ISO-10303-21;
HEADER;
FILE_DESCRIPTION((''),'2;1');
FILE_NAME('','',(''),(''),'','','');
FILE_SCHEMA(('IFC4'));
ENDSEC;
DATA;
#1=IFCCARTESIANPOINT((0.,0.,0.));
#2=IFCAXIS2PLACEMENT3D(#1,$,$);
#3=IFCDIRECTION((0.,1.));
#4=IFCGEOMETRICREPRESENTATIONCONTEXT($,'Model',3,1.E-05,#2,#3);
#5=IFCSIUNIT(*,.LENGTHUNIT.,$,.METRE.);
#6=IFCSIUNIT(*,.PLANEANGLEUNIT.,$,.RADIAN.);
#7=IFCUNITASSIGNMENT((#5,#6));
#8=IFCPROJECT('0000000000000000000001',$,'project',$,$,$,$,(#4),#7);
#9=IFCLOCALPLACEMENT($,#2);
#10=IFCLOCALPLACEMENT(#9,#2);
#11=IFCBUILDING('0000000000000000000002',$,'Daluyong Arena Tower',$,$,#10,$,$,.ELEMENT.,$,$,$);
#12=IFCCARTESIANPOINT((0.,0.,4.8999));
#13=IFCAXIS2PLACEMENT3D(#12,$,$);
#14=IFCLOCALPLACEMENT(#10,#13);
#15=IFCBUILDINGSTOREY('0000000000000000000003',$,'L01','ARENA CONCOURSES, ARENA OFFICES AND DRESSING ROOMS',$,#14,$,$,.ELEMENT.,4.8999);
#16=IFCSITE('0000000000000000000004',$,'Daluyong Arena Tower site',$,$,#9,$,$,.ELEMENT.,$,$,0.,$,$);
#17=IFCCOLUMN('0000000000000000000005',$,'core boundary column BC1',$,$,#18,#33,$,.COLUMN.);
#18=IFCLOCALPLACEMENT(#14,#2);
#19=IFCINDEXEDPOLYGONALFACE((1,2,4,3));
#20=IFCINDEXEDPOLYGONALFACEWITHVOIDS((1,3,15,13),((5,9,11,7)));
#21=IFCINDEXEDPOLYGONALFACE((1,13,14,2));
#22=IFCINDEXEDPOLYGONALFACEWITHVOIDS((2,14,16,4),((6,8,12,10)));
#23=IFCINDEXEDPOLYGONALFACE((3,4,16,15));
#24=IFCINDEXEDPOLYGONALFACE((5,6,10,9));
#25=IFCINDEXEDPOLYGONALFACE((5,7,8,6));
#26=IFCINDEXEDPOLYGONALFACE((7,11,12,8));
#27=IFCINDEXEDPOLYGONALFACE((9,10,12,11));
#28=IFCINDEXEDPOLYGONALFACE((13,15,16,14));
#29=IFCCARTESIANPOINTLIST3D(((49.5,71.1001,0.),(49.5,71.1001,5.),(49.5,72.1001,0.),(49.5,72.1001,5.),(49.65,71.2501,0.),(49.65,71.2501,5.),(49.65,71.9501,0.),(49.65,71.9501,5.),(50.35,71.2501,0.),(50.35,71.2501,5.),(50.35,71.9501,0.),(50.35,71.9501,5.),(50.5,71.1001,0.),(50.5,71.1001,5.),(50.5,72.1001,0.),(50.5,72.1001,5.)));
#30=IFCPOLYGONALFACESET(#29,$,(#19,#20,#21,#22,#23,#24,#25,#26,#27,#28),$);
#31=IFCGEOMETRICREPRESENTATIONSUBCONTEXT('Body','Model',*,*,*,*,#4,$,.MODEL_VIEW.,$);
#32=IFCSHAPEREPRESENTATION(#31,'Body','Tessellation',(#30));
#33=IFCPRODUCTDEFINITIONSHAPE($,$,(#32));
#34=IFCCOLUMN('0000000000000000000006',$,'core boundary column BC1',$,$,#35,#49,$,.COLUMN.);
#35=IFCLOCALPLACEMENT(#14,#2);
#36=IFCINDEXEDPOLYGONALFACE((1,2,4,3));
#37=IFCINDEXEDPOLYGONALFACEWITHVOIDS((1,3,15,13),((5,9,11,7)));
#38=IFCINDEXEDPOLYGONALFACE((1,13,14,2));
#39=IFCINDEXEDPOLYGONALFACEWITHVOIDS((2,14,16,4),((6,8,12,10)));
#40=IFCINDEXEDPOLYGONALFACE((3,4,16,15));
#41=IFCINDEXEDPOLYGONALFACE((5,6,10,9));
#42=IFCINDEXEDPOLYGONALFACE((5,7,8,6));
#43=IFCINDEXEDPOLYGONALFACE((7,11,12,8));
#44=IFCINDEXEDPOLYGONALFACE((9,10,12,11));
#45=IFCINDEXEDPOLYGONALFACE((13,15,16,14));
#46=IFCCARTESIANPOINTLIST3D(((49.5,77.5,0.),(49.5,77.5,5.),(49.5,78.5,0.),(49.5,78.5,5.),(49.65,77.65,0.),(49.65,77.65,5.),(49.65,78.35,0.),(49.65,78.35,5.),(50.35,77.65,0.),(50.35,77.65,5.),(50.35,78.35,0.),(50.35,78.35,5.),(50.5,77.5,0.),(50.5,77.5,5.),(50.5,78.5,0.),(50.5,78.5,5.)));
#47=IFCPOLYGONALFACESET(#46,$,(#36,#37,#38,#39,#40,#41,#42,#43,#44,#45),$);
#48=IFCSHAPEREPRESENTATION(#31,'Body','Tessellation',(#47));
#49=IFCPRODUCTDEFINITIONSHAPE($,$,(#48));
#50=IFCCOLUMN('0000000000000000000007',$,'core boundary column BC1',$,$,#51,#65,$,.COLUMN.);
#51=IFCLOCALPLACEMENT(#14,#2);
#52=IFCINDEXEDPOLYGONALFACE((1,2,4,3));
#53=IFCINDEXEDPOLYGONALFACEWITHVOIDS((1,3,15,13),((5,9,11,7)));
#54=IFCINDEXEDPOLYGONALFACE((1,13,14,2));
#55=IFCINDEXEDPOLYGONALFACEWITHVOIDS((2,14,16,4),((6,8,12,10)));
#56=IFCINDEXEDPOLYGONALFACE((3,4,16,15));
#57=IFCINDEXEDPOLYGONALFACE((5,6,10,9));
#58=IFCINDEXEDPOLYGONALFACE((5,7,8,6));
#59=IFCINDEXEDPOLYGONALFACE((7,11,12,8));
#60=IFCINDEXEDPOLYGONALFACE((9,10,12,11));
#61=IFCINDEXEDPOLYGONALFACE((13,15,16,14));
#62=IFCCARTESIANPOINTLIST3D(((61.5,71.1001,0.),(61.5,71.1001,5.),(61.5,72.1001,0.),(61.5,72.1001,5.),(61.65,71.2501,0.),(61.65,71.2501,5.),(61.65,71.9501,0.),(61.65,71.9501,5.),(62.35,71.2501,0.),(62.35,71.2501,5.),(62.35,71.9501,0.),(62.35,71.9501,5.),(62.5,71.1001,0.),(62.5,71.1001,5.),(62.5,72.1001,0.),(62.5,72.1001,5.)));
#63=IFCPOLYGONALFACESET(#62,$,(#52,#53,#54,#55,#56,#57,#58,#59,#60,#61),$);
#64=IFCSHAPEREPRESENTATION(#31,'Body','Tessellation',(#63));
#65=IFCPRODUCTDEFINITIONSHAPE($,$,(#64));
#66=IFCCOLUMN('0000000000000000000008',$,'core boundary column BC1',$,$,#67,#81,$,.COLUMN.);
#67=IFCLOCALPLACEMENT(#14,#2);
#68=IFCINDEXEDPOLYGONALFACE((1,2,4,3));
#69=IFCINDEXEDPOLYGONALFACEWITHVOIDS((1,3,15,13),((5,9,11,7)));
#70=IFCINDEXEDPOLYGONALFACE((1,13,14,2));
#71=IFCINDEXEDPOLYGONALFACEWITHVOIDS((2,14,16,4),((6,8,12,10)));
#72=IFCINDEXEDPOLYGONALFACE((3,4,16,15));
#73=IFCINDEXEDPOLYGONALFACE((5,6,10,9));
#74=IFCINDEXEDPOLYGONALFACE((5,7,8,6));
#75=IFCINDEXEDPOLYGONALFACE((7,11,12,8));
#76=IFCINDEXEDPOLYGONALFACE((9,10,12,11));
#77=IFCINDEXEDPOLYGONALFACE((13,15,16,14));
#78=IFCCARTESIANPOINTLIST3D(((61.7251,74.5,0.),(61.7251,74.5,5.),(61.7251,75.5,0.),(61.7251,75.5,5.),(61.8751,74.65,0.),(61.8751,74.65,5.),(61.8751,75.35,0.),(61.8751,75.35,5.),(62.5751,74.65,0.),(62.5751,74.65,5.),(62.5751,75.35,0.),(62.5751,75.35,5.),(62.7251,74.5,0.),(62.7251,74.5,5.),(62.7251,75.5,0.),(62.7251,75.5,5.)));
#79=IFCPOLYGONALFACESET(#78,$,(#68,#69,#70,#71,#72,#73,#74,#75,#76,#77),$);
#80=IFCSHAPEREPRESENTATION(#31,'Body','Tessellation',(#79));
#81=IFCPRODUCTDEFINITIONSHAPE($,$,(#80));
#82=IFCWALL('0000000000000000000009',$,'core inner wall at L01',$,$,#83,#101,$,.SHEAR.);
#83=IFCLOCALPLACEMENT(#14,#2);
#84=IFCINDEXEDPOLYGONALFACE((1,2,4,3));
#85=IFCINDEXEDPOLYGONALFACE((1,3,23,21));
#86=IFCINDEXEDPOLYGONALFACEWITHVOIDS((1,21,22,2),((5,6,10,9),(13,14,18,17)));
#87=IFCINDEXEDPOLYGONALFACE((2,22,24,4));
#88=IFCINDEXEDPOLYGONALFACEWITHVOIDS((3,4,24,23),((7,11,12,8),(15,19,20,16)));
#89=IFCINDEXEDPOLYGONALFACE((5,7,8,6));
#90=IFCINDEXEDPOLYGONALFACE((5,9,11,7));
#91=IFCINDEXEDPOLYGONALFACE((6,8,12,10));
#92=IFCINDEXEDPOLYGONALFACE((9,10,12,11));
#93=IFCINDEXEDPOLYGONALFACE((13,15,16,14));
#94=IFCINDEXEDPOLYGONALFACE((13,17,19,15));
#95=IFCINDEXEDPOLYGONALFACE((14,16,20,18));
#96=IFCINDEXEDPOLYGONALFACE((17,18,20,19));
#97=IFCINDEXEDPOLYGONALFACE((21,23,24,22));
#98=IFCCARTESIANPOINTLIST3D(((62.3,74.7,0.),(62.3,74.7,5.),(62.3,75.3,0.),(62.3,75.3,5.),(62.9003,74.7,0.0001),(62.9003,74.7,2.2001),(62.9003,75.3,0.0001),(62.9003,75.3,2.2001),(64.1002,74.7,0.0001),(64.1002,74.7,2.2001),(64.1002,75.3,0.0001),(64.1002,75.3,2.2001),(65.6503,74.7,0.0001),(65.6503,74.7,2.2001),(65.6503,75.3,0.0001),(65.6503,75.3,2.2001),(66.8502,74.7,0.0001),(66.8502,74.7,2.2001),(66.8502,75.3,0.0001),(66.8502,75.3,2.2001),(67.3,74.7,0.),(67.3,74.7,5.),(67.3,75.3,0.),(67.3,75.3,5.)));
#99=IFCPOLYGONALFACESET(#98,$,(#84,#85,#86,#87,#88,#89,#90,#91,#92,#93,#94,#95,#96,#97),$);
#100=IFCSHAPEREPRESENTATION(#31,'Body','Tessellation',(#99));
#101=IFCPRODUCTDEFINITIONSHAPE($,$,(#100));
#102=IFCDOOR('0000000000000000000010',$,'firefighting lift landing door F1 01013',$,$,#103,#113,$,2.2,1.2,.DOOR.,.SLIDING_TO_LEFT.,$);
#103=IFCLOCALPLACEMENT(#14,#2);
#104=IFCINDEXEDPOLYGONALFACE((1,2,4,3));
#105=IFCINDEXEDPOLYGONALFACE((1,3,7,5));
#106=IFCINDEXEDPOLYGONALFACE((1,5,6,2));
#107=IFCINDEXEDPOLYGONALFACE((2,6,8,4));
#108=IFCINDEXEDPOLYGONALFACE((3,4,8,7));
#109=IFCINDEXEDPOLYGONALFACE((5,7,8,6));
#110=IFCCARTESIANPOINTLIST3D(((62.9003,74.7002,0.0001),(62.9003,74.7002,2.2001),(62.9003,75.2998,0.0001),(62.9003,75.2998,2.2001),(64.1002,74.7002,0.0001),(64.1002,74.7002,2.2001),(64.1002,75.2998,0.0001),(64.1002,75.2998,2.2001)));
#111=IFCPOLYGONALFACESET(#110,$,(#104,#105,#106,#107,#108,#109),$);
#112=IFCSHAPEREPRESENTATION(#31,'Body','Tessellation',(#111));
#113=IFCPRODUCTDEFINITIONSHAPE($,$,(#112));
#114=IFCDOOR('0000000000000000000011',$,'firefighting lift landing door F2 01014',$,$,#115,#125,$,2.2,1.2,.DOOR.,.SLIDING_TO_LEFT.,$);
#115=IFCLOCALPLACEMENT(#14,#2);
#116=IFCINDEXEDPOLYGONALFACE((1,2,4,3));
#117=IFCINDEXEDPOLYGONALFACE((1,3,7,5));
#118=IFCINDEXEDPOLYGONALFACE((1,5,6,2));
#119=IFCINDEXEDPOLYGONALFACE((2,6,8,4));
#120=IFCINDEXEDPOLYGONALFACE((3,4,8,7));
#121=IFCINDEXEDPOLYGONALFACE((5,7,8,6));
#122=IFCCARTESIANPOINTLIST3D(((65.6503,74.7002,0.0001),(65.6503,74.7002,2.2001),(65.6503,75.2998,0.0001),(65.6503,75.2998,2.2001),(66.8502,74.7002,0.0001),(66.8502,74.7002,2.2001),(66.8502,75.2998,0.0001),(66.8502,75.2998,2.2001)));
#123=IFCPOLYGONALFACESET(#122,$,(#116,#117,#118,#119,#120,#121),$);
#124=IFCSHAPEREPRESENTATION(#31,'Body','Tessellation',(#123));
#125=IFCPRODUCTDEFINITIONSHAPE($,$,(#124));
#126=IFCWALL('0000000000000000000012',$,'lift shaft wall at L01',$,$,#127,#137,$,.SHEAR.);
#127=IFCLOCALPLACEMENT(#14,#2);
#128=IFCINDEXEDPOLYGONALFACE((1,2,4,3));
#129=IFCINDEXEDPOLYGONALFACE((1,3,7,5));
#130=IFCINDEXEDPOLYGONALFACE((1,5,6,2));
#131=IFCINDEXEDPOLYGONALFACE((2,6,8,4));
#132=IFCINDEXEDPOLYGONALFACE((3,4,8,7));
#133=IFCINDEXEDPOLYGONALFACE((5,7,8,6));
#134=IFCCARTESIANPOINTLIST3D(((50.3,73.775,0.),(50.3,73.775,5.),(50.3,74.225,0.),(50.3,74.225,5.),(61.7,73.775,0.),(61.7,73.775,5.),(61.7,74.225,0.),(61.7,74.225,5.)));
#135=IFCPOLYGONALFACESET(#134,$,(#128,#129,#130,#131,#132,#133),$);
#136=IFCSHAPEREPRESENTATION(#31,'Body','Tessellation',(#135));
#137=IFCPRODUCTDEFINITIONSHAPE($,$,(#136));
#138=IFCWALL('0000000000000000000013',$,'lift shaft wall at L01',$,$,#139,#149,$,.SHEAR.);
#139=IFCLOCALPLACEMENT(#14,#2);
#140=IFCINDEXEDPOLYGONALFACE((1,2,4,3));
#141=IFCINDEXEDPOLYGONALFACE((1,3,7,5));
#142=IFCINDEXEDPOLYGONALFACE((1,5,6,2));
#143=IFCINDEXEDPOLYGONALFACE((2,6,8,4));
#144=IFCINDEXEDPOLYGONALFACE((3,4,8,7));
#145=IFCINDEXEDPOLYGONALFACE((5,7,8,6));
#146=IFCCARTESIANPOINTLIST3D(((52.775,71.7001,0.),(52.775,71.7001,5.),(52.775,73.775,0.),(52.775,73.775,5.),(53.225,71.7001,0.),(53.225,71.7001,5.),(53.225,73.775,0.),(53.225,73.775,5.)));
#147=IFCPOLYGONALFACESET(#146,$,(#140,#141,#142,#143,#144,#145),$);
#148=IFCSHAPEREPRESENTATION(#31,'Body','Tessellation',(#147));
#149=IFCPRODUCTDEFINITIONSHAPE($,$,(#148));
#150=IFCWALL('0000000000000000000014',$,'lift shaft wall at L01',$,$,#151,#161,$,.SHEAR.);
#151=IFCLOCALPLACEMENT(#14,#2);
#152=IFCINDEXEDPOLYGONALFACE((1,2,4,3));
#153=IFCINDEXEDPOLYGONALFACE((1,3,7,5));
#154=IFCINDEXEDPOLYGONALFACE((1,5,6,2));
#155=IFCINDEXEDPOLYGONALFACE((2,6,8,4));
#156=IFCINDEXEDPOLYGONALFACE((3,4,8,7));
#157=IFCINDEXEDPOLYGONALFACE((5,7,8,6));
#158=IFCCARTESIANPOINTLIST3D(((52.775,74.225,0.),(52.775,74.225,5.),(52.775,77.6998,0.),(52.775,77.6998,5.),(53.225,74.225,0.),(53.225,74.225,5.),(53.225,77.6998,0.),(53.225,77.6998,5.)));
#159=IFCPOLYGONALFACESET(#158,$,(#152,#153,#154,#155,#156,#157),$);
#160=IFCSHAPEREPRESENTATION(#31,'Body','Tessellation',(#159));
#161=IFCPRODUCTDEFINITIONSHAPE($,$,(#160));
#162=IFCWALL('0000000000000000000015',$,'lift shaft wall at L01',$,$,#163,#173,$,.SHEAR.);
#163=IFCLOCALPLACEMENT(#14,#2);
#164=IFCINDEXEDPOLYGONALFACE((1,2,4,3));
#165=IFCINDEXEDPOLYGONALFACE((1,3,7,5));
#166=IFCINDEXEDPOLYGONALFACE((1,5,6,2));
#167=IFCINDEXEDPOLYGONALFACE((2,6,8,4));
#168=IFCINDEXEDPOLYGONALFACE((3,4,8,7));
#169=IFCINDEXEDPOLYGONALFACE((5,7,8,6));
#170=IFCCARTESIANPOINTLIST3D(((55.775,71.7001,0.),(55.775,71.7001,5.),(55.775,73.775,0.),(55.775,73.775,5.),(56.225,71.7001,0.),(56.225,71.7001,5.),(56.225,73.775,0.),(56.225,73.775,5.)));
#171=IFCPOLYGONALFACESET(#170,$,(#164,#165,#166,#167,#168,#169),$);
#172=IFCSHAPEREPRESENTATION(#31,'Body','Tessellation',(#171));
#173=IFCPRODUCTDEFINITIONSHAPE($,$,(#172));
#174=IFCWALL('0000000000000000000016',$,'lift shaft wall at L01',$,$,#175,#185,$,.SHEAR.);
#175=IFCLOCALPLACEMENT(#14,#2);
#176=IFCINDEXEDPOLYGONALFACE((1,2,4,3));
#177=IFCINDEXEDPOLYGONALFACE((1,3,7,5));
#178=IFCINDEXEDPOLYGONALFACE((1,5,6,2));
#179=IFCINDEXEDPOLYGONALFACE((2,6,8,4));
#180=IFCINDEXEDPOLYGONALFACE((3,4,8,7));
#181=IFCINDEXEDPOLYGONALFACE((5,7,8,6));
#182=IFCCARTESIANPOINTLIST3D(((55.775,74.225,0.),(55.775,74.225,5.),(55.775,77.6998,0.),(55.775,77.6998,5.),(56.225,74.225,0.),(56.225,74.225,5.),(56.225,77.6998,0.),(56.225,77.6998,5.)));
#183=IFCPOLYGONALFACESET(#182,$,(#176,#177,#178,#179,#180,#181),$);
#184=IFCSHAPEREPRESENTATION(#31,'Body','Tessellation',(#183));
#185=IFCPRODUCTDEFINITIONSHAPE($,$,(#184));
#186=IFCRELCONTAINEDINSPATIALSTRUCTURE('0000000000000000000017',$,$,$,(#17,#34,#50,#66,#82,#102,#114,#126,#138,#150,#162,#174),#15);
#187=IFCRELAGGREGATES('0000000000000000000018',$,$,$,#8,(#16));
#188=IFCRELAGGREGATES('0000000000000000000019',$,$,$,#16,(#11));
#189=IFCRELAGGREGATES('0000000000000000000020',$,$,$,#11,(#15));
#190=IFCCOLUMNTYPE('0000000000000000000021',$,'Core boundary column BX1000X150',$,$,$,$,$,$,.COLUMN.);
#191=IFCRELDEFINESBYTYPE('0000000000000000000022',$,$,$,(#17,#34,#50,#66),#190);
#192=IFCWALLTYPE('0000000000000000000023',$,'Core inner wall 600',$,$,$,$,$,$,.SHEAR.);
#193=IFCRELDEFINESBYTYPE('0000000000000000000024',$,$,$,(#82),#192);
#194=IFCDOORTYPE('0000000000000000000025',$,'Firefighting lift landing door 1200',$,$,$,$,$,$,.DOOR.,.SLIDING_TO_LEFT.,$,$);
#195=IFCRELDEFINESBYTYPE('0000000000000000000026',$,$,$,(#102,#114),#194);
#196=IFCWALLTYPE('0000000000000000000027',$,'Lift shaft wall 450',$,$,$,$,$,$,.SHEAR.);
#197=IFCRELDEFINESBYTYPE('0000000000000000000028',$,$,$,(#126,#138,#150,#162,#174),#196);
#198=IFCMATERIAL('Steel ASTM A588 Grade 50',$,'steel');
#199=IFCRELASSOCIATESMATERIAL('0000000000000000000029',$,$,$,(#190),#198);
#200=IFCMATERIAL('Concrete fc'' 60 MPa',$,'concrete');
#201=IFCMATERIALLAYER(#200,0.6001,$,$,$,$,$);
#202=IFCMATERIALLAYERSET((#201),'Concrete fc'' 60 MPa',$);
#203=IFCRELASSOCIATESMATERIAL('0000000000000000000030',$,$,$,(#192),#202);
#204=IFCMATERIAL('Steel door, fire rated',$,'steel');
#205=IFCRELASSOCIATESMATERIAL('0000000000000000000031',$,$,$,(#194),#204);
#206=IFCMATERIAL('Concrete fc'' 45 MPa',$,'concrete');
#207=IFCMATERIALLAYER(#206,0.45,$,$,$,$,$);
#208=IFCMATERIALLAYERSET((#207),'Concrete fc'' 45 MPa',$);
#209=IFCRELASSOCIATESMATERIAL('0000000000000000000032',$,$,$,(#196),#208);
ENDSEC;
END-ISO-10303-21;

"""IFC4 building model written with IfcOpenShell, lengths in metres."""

from ifc_helpers import new_model, si_unit, direction, frame, frame_2d, origin, origin_2d, place, context, subcontext, project, spatial, rectangle, hollow_rectangle, extrude, material, layer, layer_set, material_profile, profile_set, type_object, element, fill, save


model = new_model("IFC4")

# Units and contexts
model_context = context("Model", 3, precision=1e-05, world=origin(), true_north=direction((0.0, 1.0)))
body_context = subcontext(model_context, "Body", "Model", "MODEL_VIEW")
ifc_project = project(units=[si_unit("LENGTHUNIT", "METRE"), si_unit("PLANEANGLEUNIT", "RADIAN")], contexts=[model_context])

# Site, building, storey
site_placement = place(None, origin())
site = spatial("IfcSite", under=ifc_project, at=site_placement, Name="Daluyong Arena Tower site", CompositionType="ELEMENT", RefElevation=0.0)
building_placement = place(site_placement, origin())
building = spatial("IfcBuilding", under=site, at=building_placement, Name="Daluyong Arena Tower", CompositionType="ELEMENT")
storey_placement = place(building_placement, frame((0.0, 0.0, 4.8999)))
storey = spatial("IfcBuildingStorey", under=building, at=storey_placement, Name="L01", Description="ARENA CONCOURSES, ARENA OFFICES AND DRESSING ROOMS", CompositionType="ELEMENT", Elevation=4.8999)

# Columns
ifc_material_1 = material(Name="Steel ASTM A588 Grade 50", Category="steel")
ifc_material_profile = material_profile(ifc_material_1, hollow_rectangle(XDim=1.0, YDim=1.0, WallThickness=0.15, at=origin_2d()))
ifc_profile_set = profile_set([ifc_material_profile], Name="Steel ASTM A588 Grade 50")
column_type = type_object("IfcColumnType", Name="Core boundary column BX1000X150", PredefinedType="COLUMN", material=ifc_profile_set)
for number, where, z_axis, x_axis, name in (
    (1, (50.0, 71.6001, 0.0), (0.0, 0.0, 1.0), (1.0, 0.0, 0.0), "core boundary column BC1"),
    (2, (50.0, 78.0, 0.0), (0.0, 0.0, 1.0), (1.0, 0.0, 0.0), "core boundary column BC1"),
    (3, (62.0, 71.6001, 0.0), (0.0, 0.0, 1.0), (1.0, 0.0, 0.0), "core boundary column BC1"),
    (4, (62.2251, 75.0, 0.0), (0.0, 0.0, 1.0), (1.0, 0.0, 0.0), "core boundary column BC1"),
):
    element("IfcColumn", number, at=place(storey_placement, frame(where, z_axis=z_axis, x_axis=x_axis)), inside=storey, type_object=column_type, Name=name, PredefinedType="COLUMN", context=body_context, shape_type="SweptSolid", body=[
        extrude(hollow_rectangle(XDim=1.0, YDim=1.0, WallThickness=0.15, at=origin_2d()), origin(), (0.0, 0.0, 1.0), 5.0),
    ])

# Shared definitions
ifc_material_2 = material(Name="Concrete fc' 60 MPa", Category="concrete")
ifc_layer_1 = layer(ifc_material_2, 0.6001)
ifc_layer_set_1 = layer_set([ifc_layer_1], Name="Concrete fc' 60 MPa")
wall_type_1 = type_object("IfcWallType", Name="Core inner wall 600", PredefinedType="SHEAR", material=ifc_layer_set_1)

# Wall, openings, doors
wall_1_placement = place(storey_placement, frame((62.3, 75.0, 0.0), z_axis=(0.0, 0.0, 1.0), x_axis=(1.0, 0.0, 0.0)))
wall_1 = element("IfcWall", 5, at=wall_1_placement, inside=storey, type_object=wall_type_1, Name="core inner wall at L01", PredefinedType="SHEAR", context=body_context, shape_type="SweptSolid", body=[
    extrude(rectangle(XDim=5.0, YDim=0.6001, at=frame_2d((2.5, 0.0))), origin(), (0.0, 0.0, 1.0), 5.0),
])
opening_1_placement = place(wall_1_placement, frame((0.6001, 0.0, 0.0)))
opening_1 = element("IfcOpeningElement", 6, at=opening_1_placement, cuts=wall_1, PredefinedType="OPENING", context=body_context, shape_type="SweptSolid", body=[
    extrude(rectangle(XDim=1.2, YDim=2.2, at=frame_2d((0.6001, 1.1001))), frame((0.0, 0.3101, 0.0), z_axis=(0.0, -1.0, 0.0), x_axis=(1.0, 0.0, 0.0)), (0.0, 0.0, 1.0), 0.6201),
])
opening_2_placement = place(wall_1_placement, frame((3.3501, 0.0, 0.0)))
opening_2 = element("IfcOpeningElement", 7, at=opening_2_placement, cuts=wall_1, PredefinedType="OPENING", context=body_context, shape_type="SweptSolid", body=[
    extrude(rectangle(XDim=1.2, YDim=2.2, at=frame_2d((0.6001, 1.1001))), frame((0.0, 0.3101, 0.0), z_axis=(0.0, -1.0, 0.0), x_axis=(1.0, 0.0, 0.0)), (0.0, 0.0, 1.0), 0.6201),
])
ifc_material_3 = material(Name="Steel door, fire rated", Category="steel")
door_type_1 = type_object("IfcDoorType", Name="Firefighting lift landing door 1200", OperationType="SLIDING_TO_LEFT", PredefinedType="DOOR", material=ifc_material_3)
door_1_placement = place(opening_1_placement, origin())
door_1 = element("IfcDoor", 8, at=door_1_placement, inside=storey, type_object=door_type_1, Name="firefighting lift landing door F1 01013", OperationType="SLIDING_TO_LEFT", OverallHeight=2.2, OverallWidth=1.2, PredefinedType="DOOR", context=body_context, shape_type="SweptSolid", body=[
    extrude(rectangle(XDim=1.2, YDim=2.2, at=frame_2d((0.6001, 1.1001))), frame((0.0, 0.2998, 0.0), z_axis=(0.0, -1.0, 0.0), x_axis=(1.0, 0.0, 0.0)), (0.0, 0.0, 1.0), 0.5996),
])
fill(opening_1, door_1)
door_2_placement = place(opening_2_placement, origin())
door_2 = element("IfcDoor", 9, at=door_2_placement, inside=storey, type_object=door_type_1, Name="firefighting lift landing door F2 01014", OperationType="SLIDING_TO_LEFT", OverallHeight=2.2, OverallWidth=1.2, PredefinedType="DOOR", context=body_context, shape_type="SweptSolid", body=[
    extrude(rectangle(XDim=1.2, YDim=2.2, at=frame_2d((0.6001, 1.1001))), frame((0.0, 0.2998, 0.0), z_axis=(0.0, -1.0, 0.0), x_axis=(1.0, 0.0, 0.0)), (0.0, 0.0, 1.0), 0.5996),
])
fill(opening_2, door_2)

# Walls
ifc_material_4 = material(Name="Concrete fc' 45 MPa", Category="concrete")
ifc_layer_2 = layer(ifc_material_4, 0.45)
ifc_layer_set_2 = layer_set([ifc_layer_2], Name="Concrete fc' 45 MPa")
wall_type_2 = type_object("IfcWallType", Name="Lift shaft wall 450", PredefinedType="SHEAR", material=ifc_layer_set_2)
wall_2_placement = place(storey_placement, frame((50.3, 74.0, 0.0), z_axis=(0.0, 0.0, 1.0), x_axis=(1.0, 0.0, 0.0)))
element("IfcWall", 10, at=wall_2_placement, inside=storey, type_object=wall_type_2, Name="lift shaft wall at L01", PredefinedType="SHEAR", context=body_context, shape_type="SweptSolid", body=[
    extrude(rectangle(XDim=11.3999, YDim=0.45, at=frame_2d((5.7, 0.0))), origin(), (0.0, 0.0, 1.0), 5.0),
])
wall_3_placement = place(storey_placement, frame((53.0, 71.7, 0.0), z_axis=(0.0, 0.0, 1.0), x_axis=(0.0, 1.0, 0.0)))
element("IfcWall", 11, at=wall_3_placement, inside=storey, type_object=wall_type_2, Name="lift shaft wall at L01", PredefinedType="SHEAR", context=body_context, shape_type="SweptSolid", body=[
    extrude(rectangle(XDim=2.075, YDim=0.45, at=frame_2d((1.0376, 0.0))), origin(), (0.0, 0.0, 1.0), 5.0),
])
wall_4_placement = place(storey_placement, frame((53.0, 74.2251, 0.0), z_axis=(0.0, 0.0, 1.0), x_axis=(0.0, 1.0, 0.0)))
element("IfcWall", 12, at=wall_4_placement, inside=storey, type_object=wall_type_2, Name="lift shaft wall at L01", PredefinedType="SHEAR", context=body_context, shape_type="SweptSolid", body=[
    extrude(rectangle(XDim=3.4749, YDim=0.45, at=frame_2d((1.7373, 0.0))), origin(), (0.0, 0.0, 1.0), 5.0),
])
wall_5_placement = place(storey_placement, frame((56.0, 71.7, 0.0), z_axis=(0.0, 0.0, 1.0), x_axis=(0.0, 1.0, 0.0)))
element("IfcWall", 13, at=wall_5_placement, inside=storey, type_object=wall_type_2, Name="lift shaft wall at L01", PredefinedType="SHEAR", context=body_context, shape_type="SweptSolid", body=[
    extrude(rectangle(XDim=2.075, YDim=0.45, at=frame_2d((1.0376, 0.0))), origin(), (0.0, 0.0, 1.0), 5.0),
])
wall_6_placement = place(storey_placement, frame((56.0, 74.2251, 0.0), z_axis=(0.0, 0.0, 1.0), x_axis=(0.0, 1.0, 0.0)))
element("IfcWall", 14, at=wall_6_placement, inside=storey, type_object=wall_type_2, Name="lift shaft wall at L01", PredefinedType="SHEAR", context=body_context, shape_type="SweptSolid", body=[
    extrude(rectangle(XDim=3.4749, YDim=0.45, at=frame_2d((1.7373, 0.0))), origin(), (0.0, 0.0, 1.0), 5.0),
])

save(model, "model.ifc")
